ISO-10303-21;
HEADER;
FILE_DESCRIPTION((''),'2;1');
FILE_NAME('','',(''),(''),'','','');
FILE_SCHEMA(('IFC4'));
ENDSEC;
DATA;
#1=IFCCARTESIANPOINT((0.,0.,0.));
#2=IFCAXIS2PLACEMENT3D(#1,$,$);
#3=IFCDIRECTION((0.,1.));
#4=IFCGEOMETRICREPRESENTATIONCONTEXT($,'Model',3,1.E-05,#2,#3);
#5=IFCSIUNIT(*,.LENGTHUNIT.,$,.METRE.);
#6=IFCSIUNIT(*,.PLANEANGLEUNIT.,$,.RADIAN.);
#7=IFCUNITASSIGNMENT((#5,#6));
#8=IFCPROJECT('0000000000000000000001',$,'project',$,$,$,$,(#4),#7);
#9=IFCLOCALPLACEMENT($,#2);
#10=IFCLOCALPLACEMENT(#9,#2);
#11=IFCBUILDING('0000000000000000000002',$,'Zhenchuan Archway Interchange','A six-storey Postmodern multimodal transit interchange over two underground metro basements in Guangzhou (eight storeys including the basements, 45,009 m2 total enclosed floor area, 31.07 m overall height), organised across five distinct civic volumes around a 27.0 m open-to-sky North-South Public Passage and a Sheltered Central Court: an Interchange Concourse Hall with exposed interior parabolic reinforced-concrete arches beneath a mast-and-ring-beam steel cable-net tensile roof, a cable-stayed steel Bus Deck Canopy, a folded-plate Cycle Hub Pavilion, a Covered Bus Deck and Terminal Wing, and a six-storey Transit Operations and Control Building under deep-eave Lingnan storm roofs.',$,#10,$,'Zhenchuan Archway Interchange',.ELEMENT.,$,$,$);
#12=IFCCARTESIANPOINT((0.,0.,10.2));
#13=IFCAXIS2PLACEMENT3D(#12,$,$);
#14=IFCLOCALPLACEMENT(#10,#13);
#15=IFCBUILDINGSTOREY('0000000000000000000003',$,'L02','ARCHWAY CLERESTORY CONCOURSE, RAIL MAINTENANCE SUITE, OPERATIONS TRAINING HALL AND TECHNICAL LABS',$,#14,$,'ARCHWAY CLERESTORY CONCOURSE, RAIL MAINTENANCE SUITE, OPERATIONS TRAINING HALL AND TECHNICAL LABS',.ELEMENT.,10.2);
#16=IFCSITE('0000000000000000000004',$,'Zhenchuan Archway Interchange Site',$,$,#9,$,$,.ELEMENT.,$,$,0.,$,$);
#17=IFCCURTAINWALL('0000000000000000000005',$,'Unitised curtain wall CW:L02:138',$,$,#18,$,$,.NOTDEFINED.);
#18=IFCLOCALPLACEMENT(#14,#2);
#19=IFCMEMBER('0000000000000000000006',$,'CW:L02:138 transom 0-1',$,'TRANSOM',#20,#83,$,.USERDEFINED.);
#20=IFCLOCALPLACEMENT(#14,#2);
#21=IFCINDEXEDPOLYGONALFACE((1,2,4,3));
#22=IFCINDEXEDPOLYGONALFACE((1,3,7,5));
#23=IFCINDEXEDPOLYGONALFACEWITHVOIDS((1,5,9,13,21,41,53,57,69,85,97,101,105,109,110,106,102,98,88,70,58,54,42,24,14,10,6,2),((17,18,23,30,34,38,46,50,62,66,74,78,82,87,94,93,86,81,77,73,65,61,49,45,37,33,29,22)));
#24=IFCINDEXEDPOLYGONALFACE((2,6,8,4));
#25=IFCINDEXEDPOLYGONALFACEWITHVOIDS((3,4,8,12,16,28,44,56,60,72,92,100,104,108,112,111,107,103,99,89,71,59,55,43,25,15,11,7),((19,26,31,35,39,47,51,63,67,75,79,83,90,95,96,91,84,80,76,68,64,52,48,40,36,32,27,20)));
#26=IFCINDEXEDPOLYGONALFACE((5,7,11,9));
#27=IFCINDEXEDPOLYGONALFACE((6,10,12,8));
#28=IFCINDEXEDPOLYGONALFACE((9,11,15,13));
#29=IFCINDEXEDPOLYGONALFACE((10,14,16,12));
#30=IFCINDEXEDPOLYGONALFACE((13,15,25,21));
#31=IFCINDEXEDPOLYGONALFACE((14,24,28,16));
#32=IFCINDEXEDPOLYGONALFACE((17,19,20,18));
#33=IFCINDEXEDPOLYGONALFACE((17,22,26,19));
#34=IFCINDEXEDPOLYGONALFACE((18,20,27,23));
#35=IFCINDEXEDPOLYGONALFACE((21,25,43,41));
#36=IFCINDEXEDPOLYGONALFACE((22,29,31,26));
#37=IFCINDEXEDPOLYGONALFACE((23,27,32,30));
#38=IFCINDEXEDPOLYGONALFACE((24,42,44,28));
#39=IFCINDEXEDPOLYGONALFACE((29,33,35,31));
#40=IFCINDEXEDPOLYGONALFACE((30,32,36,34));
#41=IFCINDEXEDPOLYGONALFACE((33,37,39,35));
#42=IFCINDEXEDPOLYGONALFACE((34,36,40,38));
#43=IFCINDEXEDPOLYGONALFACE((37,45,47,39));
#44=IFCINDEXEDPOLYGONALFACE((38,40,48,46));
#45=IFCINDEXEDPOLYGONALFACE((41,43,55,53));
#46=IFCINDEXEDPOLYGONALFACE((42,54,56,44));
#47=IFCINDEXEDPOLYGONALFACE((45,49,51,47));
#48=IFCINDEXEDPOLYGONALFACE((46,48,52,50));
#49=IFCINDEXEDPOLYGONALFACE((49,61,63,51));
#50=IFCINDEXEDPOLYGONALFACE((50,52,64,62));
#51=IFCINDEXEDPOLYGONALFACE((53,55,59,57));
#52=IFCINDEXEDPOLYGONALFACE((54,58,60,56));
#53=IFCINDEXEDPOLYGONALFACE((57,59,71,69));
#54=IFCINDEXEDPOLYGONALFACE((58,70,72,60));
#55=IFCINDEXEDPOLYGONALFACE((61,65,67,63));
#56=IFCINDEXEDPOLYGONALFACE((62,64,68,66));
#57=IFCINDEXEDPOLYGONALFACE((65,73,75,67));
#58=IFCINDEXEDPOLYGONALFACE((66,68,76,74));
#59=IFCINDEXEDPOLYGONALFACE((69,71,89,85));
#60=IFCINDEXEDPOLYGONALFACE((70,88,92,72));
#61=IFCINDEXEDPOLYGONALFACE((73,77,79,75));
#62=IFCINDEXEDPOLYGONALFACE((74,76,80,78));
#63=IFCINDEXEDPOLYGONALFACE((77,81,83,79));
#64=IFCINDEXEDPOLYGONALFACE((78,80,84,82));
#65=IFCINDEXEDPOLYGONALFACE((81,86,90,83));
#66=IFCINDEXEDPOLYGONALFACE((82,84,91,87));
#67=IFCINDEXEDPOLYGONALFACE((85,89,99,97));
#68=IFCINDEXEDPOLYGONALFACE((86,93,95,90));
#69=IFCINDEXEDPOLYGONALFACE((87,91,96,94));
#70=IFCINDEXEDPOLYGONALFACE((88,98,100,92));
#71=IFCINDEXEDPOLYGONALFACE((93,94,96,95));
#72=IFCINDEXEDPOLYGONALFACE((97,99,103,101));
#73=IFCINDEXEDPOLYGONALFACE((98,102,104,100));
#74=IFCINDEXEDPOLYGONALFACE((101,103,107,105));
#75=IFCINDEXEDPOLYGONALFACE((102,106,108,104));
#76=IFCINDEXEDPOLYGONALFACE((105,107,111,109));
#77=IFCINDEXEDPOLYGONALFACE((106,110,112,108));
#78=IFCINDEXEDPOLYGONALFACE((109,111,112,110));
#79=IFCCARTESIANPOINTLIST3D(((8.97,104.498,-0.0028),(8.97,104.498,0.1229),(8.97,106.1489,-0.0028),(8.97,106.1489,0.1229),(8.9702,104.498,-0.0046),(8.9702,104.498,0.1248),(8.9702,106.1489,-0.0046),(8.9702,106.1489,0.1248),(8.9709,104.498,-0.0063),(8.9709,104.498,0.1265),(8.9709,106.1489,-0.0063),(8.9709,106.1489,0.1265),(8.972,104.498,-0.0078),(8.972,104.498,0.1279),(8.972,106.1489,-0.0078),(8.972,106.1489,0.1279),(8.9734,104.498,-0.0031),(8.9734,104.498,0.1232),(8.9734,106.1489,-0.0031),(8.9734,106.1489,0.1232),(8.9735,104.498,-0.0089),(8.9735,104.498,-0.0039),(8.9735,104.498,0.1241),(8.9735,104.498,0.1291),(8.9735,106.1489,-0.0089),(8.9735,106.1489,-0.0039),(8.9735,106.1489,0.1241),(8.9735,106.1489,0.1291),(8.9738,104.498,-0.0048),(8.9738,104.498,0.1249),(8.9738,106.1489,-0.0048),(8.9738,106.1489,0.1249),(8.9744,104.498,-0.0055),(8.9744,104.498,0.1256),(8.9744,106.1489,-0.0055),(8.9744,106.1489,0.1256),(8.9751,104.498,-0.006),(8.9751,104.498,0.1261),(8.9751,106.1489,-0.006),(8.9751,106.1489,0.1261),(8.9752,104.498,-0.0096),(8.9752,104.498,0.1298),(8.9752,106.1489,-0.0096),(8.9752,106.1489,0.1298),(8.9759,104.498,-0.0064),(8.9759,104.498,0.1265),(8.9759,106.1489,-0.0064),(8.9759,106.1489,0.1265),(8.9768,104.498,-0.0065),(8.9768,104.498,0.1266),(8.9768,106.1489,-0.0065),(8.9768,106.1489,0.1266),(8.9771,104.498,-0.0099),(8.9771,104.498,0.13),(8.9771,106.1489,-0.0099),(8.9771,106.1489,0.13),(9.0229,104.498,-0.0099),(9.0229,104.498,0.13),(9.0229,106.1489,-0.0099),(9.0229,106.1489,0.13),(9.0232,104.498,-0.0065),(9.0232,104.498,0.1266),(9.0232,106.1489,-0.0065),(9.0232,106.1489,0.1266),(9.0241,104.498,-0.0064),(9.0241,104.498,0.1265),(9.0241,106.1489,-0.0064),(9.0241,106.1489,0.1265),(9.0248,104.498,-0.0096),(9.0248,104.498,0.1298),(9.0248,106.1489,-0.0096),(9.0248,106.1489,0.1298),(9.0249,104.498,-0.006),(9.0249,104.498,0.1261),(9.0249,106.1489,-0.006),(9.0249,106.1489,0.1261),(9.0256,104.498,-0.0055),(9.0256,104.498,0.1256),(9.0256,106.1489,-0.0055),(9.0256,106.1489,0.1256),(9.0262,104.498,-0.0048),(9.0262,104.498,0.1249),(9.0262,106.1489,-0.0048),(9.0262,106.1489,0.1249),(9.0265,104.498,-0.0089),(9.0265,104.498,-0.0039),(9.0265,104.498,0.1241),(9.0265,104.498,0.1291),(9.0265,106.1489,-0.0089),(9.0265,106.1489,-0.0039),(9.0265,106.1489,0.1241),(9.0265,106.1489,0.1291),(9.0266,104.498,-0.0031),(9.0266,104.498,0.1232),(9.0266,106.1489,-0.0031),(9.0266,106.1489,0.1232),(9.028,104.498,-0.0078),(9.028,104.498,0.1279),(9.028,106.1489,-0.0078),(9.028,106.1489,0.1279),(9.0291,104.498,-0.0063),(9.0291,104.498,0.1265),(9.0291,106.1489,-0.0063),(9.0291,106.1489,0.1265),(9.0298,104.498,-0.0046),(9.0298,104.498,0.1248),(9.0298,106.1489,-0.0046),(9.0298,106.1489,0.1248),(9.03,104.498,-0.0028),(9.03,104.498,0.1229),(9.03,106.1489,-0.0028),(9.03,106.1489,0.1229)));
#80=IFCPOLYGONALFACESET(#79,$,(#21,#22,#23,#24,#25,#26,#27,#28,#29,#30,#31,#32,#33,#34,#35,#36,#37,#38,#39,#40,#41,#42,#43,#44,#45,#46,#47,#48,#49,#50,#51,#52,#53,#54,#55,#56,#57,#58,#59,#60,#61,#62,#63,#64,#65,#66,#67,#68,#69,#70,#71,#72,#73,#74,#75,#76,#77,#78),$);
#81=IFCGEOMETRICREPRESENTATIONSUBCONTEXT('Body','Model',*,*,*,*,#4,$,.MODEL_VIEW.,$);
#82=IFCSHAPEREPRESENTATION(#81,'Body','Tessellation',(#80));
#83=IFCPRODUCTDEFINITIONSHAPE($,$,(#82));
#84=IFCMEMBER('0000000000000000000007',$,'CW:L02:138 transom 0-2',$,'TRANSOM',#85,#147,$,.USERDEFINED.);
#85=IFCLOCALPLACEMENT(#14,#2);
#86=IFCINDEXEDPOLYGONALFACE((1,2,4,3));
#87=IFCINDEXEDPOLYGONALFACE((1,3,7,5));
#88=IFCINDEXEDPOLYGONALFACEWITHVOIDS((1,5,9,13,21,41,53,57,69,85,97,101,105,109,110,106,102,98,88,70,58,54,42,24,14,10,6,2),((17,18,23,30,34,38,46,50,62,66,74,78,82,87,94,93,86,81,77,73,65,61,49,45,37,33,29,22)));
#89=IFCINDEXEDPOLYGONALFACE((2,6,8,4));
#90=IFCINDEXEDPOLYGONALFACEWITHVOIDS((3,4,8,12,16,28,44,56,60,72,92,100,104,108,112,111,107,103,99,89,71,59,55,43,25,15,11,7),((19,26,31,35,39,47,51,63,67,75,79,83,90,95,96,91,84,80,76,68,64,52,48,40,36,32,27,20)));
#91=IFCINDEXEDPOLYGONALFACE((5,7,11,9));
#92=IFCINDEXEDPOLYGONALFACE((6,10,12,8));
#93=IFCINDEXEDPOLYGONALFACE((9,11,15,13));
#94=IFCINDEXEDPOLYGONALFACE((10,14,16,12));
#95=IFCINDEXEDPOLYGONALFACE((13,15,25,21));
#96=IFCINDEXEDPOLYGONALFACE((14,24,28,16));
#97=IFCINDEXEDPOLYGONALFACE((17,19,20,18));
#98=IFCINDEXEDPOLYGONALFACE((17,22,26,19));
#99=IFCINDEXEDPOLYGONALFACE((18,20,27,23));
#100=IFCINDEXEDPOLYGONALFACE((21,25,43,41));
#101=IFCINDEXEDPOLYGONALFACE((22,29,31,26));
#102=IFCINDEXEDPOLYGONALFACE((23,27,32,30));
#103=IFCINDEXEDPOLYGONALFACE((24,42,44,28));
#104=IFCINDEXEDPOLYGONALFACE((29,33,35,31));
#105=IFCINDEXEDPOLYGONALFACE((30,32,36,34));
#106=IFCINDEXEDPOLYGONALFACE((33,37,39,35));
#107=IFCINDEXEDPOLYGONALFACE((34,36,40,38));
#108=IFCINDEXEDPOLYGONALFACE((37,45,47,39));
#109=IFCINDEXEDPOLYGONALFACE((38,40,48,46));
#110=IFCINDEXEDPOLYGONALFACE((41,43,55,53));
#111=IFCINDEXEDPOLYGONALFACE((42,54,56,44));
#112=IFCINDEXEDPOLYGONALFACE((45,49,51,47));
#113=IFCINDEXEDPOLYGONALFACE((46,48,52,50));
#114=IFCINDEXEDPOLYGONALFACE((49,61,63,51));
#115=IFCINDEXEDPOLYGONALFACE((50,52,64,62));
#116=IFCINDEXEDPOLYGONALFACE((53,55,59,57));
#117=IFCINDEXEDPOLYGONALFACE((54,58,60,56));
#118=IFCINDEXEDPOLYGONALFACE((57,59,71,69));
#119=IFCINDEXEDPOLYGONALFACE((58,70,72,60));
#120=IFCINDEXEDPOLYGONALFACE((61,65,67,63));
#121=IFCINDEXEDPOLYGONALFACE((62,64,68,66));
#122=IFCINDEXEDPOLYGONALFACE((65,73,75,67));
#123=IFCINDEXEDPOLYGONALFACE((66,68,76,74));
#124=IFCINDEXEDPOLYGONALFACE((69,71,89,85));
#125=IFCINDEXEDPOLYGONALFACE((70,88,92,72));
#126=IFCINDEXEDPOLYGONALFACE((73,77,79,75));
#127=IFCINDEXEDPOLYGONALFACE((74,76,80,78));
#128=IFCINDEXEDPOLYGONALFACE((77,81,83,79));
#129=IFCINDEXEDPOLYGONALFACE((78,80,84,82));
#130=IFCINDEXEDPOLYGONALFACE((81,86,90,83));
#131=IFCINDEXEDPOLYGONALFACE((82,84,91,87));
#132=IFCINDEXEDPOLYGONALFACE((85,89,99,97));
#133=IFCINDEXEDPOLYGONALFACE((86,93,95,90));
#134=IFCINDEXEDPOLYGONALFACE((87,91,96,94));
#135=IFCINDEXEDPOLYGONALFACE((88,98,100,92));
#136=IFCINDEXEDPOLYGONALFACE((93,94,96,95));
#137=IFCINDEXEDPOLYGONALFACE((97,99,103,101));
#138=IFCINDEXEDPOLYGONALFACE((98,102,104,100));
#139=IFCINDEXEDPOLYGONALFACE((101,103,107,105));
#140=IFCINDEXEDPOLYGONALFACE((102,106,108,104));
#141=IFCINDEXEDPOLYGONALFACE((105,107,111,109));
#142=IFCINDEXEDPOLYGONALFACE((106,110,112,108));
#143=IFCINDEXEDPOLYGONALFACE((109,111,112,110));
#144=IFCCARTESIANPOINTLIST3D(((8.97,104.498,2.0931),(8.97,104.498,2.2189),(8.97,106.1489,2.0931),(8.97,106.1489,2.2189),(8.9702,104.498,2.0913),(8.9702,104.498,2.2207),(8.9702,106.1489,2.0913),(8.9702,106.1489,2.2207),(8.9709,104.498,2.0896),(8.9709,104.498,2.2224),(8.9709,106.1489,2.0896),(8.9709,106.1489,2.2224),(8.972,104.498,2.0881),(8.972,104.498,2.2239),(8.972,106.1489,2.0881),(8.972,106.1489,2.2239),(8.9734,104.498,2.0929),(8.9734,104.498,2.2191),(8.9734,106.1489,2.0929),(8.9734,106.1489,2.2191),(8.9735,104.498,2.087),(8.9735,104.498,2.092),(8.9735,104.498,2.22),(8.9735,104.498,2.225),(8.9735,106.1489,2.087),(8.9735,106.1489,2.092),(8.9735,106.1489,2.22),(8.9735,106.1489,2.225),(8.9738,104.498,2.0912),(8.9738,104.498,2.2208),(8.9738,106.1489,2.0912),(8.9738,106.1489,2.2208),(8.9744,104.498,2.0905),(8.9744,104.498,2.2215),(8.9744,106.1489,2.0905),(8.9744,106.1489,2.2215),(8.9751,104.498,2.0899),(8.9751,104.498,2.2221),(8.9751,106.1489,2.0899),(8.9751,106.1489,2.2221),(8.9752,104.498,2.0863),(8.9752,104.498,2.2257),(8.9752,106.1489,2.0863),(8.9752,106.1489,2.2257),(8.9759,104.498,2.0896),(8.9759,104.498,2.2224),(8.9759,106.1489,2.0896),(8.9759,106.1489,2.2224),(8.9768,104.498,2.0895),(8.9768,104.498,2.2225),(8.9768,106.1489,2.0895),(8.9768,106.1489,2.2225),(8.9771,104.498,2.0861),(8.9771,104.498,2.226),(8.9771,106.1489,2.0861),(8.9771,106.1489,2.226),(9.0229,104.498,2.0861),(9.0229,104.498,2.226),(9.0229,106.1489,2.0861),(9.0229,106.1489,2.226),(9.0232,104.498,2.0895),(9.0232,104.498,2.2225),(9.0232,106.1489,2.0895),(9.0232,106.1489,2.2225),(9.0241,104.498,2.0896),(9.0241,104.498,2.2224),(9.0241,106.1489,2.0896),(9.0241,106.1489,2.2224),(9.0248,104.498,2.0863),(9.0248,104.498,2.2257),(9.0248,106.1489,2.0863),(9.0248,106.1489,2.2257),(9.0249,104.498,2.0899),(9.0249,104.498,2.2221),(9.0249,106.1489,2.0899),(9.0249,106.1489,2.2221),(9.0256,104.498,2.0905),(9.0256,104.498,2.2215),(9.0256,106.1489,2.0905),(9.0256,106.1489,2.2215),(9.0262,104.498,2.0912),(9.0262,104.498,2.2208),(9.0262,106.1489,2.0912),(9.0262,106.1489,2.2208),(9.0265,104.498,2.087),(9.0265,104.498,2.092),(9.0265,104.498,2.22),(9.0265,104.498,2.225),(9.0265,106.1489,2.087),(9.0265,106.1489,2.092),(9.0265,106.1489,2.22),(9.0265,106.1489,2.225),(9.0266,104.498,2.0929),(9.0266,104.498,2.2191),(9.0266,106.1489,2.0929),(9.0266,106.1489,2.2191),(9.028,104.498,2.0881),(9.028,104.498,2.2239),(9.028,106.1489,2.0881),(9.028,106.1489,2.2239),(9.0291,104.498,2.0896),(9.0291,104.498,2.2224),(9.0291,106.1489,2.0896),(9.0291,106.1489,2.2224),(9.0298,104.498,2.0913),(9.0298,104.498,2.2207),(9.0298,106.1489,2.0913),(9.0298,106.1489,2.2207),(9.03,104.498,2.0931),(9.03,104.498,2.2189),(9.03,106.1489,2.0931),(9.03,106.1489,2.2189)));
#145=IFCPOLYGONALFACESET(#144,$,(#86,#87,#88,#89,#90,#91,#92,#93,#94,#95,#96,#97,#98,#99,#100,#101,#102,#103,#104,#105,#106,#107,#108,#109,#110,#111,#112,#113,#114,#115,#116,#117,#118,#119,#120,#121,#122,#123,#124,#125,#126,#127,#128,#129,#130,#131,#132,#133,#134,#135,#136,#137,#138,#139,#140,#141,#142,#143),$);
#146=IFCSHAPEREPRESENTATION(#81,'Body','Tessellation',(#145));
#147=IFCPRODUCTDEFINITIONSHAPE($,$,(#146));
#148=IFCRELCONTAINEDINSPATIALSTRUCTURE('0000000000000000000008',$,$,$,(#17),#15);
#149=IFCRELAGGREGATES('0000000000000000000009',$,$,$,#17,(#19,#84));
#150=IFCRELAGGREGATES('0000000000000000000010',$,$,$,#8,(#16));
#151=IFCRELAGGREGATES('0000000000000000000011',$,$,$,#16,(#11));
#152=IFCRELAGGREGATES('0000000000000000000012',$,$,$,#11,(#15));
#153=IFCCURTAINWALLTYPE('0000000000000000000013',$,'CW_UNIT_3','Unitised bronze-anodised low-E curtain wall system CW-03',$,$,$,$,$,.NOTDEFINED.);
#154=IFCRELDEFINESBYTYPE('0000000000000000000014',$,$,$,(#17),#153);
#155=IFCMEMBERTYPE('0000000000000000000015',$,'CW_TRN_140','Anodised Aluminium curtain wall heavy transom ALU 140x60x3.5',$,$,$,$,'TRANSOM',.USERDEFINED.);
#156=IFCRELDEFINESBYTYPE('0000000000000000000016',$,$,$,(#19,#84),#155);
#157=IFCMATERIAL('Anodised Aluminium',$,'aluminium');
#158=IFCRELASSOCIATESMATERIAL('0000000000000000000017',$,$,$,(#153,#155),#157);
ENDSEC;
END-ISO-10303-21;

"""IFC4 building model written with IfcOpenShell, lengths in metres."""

from ifc_helpers import new_model, si_unit, direction, frame, origin, origin_2d, place, context, subcontext, project, spatial, hollow_rectangle, extrude, material, material_profile, profile_set, type_object, element, aggregate, save


model = new_model("IFC4")

# Units and contexts
model_context = context("Model", 3, precision=1e-05, world=origin(), true_north=direction((0.0, 1.0)))
body_context = subcontext(model_context, "Body", "Model", "MODEL_VIEW")
ifc_project = project(units=[si_unit("LENGTHUNIT", "METRE"), si_unit("PLANEANGLEUNIT", "RADIAN")], contexts=[model_context])

# Site, building, storey
site_placement = place(None, origin())
site = spatial("IfcSite", under=ifc_project, at=site_placement, Name="Zhenchuan Archway Interchange Site", CompositionType="ELEMENT", RefElevation=0.0)
building_placement = place(site_placement, origin())
building = spatial("IfcBuilding", under=site, at=building_placement, Name="Zhenchuan Archway Interchange", Description="A six-storey Postmodern multimodal transit interchange over two underground metro basements in Guangzhou (eight storeys including the basements, 45,009 m2 total enclosed floor area, 31.07 m overall height), organised across five distinct civic volumes around a 27.0 m open-to-sky North-South Public Passage and a Sheltered Central Court: an Interchange Concourse Hall with exposed interior parabolic reinforced-concrete arches beneath a mast-and-ring-beam steel cable-net tensile roof, a cable-stayed steel Bus Deck Canopy, a folded-plate Cycle Hub Pavilion, a Covered Bus Deck and Terminal Wing, and a six-storey Transit Operations and Control Building under deep-eave Lingnan storm roofs.", LongName="Zhenchuan Archway Interchange", CompositionType="ELEMENT")
storey_placement = place(building_placement, frame((0.0, 0.0, 10.2)))
storey = spatial("IfcBuildingStorey", under=building, at=storey_placement, Name="L02", Description="ARCHWAY CLERESTORY CONCOURSE, RAIL MAINTENANCE SUITE, OPERATIONS TRAINING HALL AND TECHNICAL LABS", LongName="ARCHWAY CLERESTORY CONCOURSE, RAIL MAINTENANCE SUITE, OPERATIONS TRAINING HALL AND TECHNICAL LABS", CompositionType="ELEMENT", Elevation=10.2)

# Curtain wall, members
ifc_material_1 = material(Name="Anodised Aluminium", Category="aluminium")
curtain_wall_type = type_object("IfcCurtainWallType", Name="CW_UNIT_3", Description="Unitised bronze-anodised low-E curtain wall system CW-03", PredefinedType="NOTDEFINED", material=ifc_material_1)
curtain_wall_placement = place(storey_placement, origin())
curtain_wall = element("IfcCurtainWall", 1, at=curtain_wall_placement, inside=storey, type_object=curtain_wall_type, Name="Unitised curtain wall CW:L02:138", PredefinedType="NOTDEFINED")
ifc_material_profile_1 = material_profile(ifc_material_1, hollow_rectangle(XDim=0.0601, YDim=0.1399, WallThickness=0.0034, InnerFilletRadius=0.0034, OuterFilletRadius=0.0071, at=origin_2d()), Name="ALU 140x60x3.5")
ifc_profile_set_1 = profile_set([ifc_material_profile_1], Name="Anodised Aluminium")
member_type_1 = type_object("IfcMemberType", Name="CW_TRN_140", Description="Anodised Aluminium curtain wall heavy transom ALU 140x60x3.5", ElementType="TRANSOM", PredefinedType="USERDEFINED", material=ifc_profile_set_1)
member_1_placement = place(storey_placement, frame((9.0, 104.498, 0.0601), z_axis=(0.0, 1.0, 0.0), x_axis=(-1.0, 0.0, 0.0)))
member_1 = element("IfcMember", 2, at=member_1_placement, type_object=member_type_1, Name="CW:L02:138 transom 0-1", ObjectType="TRANSOM", PredefinedType="USERDEFINED", context=body_context, shape_type="SweptSolid", body=[
    extrude(hollow_rectangle(XDim=0.0601, YDim=0.1399, WallThickness=0.0034, InnerFilletRadius=0.0034, OuterFilletRadius=0.0071, at=origin_2d()), origin(), (0.0, 0.0, 1.0), 1.6509),
])
member_2_placement = place(storey_placement, frame((9.0, 104.498, 2.156), z_axis=(0.0, 1.0, 0.0), x_axis=(-1.0, 0.0, 0.0)))
member_2 = element("IfcMember", 3, at=member_2_placement, type_object=member_type_1, Name="CW:L02:138 transom 0-2", ObjectType="TRANSOM", PredefinedType="USERDEFINED", context=body_context, shape_type="SweptSolid", body=[
    extrude(hollow_rectangle(XDim=0.0601, YDim=0.1399, WallThickness=0.0034, InnerFilletRadius=0.0034, OuterFilletRadius=0.0071, at=origin_2d()), origin(), (0.0, 0.0, 1.0), 1.6509),
])

aggregate(curtain_wall, [member_1, member_2])

save(model, "model.ifc")
